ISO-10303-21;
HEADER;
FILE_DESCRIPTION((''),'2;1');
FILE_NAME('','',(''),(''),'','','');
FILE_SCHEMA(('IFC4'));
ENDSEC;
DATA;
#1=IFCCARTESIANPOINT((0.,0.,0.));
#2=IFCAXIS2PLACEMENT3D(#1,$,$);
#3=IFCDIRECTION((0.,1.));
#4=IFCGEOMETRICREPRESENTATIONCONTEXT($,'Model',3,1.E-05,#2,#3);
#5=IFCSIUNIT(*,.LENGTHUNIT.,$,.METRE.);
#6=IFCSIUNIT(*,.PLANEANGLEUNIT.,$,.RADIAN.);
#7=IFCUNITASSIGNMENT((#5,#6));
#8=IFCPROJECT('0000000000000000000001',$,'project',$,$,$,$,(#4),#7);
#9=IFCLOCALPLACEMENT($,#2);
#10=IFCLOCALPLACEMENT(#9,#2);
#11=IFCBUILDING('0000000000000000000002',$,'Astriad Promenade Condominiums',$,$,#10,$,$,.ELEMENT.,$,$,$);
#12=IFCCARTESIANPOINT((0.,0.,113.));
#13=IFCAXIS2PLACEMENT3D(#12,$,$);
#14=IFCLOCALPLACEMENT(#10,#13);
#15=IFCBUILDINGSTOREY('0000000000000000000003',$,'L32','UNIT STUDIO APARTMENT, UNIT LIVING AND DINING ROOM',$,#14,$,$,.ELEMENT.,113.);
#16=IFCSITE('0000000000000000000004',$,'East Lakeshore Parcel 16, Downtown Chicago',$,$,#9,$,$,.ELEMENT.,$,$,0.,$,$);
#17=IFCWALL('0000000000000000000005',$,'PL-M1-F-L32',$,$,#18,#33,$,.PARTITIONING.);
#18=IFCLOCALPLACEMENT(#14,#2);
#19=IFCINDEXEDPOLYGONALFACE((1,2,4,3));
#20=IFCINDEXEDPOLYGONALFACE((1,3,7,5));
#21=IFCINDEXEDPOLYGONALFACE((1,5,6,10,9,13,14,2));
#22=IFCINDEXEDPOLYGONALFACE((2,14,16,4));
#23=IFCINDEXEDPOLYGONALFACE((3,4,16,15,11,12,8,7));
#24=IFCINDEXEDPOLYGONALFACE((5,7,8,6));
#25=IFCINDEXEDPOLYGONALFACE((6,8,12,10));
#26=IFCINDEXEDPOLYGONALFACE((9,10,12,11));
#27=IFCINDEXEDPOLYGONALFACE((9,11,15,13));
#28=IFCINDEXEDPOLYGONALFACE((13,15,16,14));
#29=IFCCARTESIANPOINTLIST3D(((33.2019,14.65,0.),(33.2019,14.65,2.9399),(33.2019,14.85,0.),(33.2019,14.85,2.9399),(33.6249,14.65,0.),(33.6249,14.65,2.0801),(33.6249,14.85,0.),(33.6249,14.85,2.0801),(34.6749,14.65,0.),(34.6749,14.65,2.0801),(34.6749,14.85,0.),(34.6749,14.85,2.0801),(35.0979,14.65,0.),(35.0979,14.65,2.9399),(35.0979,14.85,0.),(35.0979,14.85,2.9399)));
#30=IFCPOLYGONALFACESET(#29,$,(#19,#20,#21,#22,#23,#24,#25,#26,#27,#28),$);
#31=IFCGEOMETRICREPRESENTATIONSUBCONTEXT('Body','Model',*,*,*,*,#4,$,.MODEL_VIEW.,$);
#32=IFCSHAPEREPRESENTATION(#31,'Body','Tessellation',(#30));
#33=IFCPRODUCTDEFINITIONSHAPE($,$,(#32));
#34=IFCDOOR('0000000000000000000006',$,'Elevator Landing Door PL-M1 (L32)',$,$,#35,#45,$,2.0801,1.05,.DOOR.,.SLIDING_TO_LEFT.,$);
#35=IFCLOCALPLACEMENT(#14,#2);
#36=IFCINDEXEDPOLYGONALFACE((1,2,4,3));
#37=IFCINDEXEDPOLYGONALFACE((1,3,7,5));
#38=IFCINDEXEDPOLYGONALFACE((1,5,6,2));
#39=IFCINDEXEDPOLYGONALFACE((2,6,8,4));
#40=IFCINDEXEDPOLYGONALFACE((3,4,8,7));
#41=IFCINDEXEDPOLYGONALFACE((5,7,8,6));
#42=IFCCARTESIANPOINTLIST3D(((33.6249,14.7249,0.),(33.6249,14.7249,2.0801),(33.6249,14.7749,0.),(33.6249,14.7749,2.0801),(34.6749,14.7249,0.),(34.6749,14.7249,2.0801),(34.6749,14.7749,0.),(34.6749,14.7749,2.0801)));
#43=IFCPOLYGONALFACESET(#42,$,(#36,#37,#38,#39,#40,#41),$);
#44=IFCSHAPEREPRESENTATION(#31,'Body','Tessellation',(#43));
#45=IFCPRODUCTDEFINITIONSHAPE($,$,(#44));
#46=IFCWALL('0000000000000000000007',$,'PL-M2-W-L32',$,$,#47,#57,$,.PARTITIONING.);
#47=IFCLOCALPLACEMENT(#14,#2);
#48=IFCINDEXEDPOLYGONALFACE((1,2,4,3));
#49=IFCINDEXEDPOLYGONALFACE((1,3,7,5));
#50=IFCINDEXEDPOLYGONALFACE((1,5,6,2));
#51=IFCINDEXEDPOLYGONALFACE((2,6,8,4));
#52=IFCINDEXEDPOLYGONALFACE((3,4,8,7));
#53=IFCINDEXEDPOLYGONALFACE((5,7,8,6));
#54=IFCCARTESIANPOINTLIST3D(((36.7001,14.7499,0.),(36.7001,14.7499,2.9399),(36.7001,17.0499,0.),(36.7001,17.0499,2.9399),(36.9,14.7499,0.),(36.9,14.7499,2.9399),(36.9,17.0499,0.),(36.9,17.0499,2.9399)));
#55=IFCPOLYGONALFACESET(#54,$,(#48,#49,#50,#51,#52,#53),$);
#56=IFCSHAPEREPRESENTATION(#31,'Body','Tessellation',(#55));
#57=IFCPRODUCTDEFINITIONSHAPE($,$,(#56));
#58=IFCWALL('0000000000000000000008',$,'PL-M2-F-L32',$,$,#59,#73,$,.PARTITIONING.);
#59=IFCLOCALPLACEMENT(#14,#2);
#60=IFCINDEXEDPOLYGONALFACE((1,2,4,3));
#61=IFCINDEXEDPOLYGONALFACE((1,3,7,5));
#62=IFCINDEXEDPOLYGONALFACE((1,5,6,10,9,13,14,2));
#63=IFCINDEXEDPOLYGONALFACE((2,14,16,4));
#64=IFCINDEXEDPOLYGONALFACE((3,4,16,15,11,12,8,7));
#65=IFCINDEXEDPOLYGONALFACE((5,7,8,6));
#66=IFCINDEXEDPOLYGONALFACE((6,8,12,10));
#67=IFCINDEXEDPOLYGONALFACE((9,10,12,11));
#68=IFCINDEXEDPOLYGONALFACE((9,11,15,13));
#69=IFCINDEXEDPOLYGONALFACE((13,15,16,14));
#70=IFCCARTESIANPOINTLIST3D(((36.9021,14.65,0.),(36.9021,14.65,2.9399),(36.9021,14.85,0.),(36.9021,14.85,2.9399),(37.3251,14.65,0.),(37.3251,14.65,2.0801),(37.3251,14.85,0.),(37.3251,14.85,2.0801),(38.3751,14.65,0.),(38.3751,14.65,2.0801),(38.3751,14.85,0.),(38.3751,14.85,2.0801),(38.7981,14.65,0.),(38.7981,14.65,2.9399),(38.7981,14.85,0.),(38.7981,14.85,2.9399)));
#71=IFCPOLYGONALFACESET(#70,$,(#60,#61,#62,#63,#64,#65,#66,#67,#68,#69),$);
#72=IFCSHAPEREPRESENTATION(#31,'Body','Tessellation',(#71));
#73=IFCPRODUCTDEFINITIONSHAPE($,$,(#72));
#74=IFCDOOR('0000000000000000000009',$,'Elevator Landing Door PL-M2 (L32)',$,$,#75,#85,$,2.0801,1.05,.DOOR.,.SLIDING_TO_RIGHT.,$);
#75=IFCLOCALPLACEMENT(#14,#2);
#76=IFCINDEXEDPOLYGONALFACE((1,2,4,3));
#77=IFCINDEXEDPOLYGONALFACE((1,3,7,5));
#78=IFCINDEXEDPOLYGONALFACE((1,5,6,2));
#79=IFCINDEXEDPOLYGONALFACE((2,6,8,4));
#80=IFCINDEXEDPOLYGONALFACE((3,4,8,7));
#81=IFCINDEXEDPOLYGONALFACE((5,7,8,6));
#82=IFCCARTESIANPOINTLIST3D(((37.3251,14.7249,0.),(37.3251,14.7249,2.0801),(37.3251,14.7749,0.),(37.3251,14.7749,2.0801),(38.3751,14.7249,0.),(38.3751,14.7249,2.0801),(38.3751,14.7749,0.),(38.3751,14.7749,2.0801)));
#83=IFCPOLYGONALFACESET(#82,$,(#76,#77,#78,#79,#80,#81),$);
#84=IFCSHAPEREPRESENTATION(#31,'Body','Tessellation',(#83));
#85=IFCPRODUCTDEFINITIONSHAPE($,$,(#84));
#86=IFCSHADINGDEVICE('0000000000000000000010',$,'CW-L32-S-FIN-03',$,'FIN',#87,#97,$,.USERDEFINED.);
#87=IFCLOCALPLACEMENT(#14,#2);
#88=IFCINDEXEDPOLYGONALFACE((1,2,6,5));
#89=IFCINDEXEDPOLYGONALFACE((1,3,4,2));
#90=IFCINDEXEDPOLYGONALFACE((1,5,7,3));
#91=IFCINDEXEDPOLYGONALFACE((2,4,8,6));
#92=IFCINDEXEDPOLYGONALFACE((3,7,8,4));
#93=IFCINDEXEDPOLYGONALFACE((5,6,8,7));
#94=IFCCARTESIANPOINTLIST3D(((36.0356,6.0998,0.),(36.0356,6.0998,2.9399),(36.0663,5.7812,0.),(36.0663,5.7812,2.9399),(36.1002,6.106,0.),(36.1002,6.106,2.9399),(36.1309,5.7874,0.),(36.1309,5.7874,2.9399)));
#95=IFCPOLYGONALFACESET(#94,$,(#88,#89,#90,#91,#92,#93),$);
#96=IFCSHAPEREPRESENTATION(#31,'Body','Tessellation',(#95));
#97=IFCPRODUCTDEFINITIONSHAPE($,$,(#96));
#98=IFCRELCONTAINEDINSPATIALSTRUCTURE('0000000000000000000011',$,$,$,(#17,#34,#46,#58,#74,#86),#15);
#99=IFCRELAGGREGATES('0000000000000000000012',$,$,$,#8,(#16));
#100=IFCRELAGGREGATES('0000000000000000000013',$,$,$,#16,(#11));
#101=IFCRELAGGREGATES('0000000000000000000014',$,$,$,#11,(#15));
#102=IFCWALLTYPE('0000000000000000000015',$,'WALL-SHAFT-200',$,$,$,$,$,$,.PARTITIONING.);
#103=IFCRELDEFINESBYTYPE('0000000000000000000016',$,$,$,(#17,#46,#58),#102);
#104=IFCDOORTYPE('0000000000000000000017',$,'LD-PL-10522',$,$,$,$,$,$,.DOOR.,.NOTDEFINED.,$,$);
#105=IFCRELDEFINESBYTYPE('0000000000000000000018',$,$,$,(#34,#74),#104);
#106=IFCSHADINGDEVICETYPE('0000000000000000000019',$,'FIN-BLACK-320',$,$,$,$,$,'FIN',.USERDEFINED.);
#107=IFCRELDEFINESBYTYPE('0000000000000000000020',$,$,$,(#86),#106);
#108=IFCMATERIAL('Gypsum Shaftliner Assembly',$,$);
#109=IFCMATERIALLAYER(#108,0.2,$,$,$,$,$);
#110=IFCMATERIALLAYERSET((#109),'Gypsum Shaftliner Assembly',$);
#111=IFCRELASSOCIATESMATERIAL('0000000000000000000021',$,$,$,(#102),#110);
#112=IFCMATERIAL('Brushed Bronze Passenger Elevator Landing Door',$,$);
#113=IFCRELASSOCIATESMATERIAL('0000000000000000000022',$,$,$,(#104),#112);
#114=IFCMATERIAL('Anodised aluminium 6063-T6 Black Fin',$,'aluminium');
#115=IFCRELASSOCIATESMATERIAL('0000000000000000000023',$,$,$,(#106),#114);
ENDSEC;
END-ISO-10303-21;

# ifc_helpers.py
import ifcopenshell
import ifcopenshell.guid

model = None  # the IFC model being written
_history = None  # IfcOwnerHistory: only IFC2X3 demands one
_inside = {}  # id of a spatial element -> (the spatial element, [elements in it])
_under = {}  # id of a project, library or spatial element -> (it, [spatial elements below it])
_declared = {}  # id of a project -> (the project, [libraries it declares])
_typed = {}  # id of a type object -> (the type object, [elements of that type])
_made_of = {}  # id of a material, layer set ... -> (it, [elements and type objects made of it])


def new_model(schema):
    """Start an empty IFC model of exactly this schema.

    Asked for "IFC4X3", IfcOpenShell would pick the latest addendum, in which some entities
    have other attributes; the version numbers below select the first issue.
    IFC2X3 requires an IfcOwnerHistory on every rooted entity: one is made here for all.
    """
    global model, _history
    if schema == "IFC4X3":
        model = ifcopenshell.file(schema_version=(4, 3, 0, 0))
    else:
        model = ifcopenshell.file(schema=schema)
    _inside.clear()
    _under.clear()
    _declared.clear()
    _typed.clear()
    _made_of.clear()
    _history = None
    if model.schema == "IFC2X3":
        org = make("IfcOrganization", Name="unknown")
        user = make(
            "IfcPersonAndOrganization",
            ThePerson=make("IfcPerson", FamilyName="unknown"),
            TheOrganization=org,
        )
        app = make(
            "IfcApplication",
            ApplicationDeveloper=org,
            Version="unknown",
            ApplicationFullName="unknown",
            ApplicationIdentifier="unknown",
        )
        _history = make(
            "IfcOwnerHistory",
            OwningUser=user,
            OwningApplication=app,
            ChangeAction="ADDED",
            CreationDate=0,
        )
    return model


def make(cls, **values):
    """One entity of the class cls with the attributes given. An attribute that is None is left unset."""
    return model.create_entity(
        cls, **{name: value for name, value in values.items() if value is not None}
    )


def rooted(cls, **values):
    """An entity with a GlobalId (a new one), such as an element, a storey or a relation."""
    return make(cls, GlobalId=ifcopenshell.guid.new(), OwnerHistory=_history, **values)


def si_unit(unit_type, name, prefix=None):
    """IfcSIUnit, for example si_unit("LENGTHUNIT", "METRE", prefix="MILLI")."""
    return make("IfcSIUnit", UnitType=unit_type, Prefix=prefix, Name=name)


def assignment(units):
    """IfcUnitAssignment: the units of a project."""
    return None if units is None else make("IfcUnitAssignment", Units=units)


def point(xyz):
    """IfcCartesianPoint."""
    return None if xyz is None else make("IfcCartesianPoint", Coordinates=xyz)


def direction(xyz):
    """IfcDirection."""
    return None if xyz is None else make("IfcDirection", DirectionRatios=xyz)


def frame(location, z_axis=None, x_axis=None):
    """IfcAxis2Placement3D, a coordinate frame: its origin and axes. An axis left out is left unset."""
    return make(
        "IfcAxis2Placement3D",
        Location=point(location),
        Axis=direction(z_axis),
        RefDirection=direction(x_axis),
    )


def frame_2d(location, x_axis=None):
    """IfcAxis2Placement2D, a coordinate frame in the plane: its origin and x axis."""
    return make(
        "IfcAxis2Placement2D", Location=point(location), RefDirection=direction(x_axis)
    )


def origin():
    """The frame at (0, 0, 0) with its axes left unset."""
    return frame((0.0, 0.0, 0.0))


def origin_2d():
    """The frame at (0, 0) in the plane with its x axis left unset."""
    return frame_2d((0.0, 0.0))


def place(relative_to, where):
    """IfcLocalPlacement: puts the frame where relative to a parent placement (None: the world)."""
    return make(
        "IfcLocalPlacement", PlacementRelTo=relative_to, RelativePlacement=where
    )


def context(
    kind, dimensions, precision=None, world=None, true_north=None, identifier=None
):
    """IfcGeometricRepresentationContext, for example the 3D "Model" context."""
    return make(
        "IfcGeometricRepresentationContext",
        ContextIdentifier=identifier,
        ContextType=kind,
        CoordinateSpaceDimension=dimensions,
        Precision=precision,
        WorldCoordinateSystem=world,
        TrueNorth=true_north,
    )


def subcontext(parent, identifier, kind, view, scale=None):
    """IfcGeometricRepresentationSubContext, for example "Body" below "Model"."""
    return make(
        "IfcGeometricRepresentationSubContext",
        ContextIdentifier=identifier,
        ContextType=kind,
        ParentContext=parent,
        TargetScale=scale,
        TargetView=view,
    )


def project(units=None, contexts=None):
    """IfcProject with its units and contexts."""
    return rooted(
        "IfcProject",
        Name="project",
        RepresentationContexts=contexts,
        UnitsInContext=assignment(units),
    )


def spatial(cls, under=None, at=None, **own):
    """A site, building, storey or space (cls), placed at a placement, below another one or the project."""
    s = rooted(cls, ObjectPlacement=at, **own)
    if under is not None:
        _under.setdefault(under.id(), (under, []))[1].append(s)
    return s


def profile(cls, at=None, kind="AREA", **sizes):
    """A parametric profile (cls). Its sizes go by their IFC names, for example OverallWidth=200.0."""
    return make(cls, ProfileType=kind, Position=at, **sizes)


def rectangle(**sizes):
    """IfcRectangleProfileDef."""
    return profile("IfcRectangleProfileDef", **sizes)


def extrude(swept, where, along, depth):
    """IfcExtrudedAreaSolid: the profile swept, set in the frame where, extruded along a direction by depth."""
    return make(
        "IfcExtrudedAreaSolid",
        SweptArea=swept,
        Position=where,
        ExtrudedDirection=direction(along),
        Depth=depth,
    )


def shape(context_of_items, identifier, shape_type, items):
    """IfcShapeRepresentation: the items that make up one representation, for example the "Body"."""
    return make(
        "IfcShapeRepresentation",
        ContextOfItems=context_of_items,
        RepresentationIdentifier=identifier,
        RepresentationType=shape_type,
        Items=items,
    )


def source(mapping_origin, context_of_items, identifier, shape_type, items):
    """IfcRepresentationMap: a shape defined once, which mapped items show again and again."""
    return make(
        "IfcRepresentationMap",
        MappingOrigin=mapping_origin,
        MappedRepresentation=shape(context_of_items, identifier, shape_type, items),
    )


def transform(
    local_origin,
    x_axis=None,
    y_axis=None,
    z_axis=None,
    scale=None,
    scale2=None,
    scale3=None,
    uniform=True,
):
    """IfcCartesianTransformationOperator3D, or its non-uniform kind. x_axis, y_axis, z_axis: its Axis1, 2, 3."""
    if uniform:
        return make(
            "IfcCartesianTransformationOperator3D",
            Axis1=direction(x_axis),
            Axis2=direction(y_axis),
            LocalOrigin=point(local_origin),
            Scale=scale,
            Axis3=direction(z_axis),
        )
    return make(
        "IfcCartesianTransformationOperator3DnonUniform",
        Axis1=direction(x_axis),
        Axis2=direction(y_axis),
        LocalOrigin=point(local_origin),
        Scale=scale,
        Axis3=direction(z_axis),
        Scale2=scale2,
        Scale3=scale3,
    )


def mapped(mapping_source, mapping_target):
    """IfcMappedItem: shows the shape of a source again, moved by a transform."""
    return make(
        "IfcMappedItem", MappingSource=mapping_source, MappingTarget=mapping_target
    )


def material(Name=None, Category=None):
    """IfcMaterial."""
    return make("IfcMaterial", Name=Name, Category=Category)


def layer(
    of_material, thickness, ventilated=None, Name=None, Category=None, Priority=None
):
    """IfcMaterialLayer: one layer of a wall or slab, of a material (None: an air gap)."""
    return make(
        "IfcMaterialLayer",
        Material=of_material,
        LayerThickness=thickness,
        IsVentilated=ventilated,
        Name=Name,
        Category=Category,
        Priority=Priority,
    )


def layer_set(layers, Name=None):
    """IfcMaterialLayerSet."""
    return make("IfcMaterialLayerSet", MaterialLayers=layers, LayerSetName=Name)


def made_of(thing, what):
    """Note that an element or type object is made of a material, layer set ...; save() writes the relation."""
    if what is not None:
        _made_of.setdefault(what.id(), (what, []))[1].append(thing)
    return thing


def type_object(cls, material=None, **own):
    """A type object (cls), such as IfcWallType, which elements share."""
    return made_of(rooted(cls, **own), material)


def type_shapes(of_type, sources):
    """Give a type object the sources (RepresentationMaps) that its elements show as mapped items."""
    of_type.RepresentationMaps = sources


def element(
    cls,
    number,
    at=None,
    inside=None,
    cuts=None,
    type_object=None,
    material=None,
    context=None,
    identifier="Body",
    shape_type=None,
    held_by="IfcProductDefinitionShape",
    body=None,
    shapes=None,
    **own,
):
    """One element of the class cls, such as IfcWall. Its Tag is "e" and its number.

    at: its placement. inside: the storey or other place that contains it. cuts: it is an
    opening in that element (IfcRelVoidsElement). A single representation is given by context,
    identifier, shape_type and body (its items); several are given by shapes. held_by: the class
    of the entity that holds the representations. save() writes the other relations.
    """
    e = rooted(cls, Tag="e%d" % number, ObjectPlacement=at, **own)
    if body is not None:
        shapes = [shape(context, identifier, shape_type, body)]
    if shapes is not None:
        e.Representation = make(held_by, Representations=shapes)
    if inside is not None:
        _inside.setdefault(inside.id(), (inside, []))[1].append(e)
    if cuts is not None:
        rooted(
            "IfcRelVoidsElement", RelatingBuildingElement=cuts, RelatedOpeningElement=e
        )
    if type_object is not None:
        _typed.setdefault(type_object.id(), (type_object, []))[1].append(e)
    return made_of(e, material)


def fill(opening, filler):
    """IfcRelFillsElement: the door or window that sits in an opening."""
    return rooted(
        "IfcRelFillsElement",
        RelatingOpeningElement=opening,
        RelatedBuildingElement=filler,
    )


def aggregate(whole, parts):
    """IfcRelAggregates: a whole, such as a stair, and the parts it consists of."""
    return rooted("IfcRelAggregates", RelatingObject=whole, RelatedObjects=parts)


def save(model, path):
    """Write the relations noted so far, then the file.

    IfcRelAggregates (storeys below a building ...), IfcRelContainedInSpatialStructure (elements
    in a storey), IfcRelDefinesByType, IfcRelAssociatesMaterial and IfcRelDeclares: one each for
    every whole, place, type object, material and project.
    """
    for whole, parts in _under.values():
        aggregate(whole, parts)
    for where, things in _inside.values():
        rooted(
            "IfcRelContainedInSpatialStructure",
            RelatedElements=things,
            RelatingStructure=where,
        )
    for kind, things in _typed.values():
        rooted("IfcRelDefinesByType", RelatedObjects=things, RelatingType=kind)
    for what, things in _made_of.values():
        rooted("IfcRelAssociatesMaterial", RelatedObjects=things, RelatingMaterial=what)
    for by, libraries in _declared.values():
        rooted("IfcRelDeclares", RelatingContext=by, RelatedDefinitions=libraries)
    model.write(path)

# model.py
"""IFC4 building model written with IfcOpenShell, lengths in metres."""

from ifc_helpers import new_model, si_unit, direction, frame, frame_2d, origin, origin_2d, place, context, subcontext, project, spatial, rectangle, extrude, source, transform, mapped, material, layer, layer_set, type_object, type_shapes, element, fill, save


model = new_model("IFC4")

# Units and contexts
model_context = context("Model", 3, precision=1e-05, world=origin(), true_north=direction((0.0, 1.0)))
body_context = subcontext(model_context, "Body", "Model", "MODEL_VIEW")
ifc_project = project(units=[si_unit("LENGTHUNIT", "METRE"), si_unit("PLANEANGLEUNIT", "RADIAN")], contexts=[model_context])

# Site, building, storey
site_placement = place(None, origin())
site = spatial("IfcSite", under=ifc_project, at=site_placement, Name="East Lakeshore Parcel 16, Downtown Chicago", CompositionType="ELEMENT", RefElevation=0.0)
building_placement = place(site_placement, origin())
building = spatial("IfcBuilding", under=site, at=building_placement, Name="Astriad Promenade Condominiums", CompositionType="ELEMENT")
storey_placement = place(building_placement, frame((0.0, 0.0, 113.0)))
storey = spatial("IfcBuildingStorey", under=building, at=storey_placement, Name="L32", Description="UNIT STUDIO APARTMENT, UNIT LIVING AND DINING ROOM", CompositionType="ELEMENT", Elevation=113.0)

# Shared definitions
ifc_material_1 = material(Name="Gypsum Shaftliner Assembly")
ifc_layer_1 = layer(ifc_material_1, 0.2)
ifc_layer_set_1 = layer_set([ifc_layer_1], Name="Gypsum Shaftliner Assembly")
wall_type_1 = type_object("IfcWallType", Name="WALL-SHAFT-200", PredefinedType="PARTITIONING", material=ifc_layer_set_1)

# Wall, opening, door
wall_1_placement = place(storey_placement, frame((33.2019, 14.75, 0.0), z_axis=(0.0, 0.0, 1.0), x_axis=(1.0, 0.0, 0.0)))
wall_1 = element("IfcWall", 1, at=wall_1_placement, inside=storey, type_object=wall_type_1, Name="PL-M1-F-L32", PredefinedType="PARTITIONING", context=body_context, shape_type="SweptSolid", body=[
    extrude(rectangle(XDim=1.896, YDim=0.2, at=frame_2d((0.948, 0.0))), origin(), (0.0, 0.0, 1.0), 2.9399),
])
opening_1_placement = place(wall_1_placement, frame((0.4231, 0.0, 0.0)))
opening_1 = element("IfcOpeningElement", 2, at=opening_1_placement, cuts=wall_1, PredefinedType="OPENING", context=body_context, shape_type="SweptSolid", body=[
    extrude(rectangle(XDim=1.05, YDim=2.0801, at=frame_2d((0.5249, 1.04))), frame((0.0, 0.1099, 0.0), z_axis=(0.0, -1.0, 0.0), x_axis=(1.0, 0.0, 0.0)), (0.0, 0.0, 1.0), 0.22),
])
ifc_material_2 = material(Name="Brushed Bronze Passenger Elevator Landing Door")
door_type_1 = type_object("IfcDoorType", Name="LD-PL-10522", OperationType="NOTDEFINED", PredefinedType="DOOR", material=ifc_material_2)
shared_shape_1 = source(origin(), body_context, "Body", "SweptSolid", [
    extrude(rectangle(XDim=1.05, YDim=2.0801, at=frame_2d((0.5249, 1.04))), frame((0.0, 0.0249, 0.0), z_axis=(0.0, -1.0, 0.0), x_axis=(1.0, 0.0, 0.0)), (0.0, 0.0, 1.0), 0.05),
])
type_shapes(door_type_1, [shared_shape_1])
door_1_placement = place(opening_1_placement, origin())
door_1 = element("IfcDoor", 3, at=door_1_placement, inside=storey, type_object=door_type_1, Name="Elevator Landing Door PL-M1 (L32)", OperationType="SLIDING_TO_LEFT", OverallHeight=2.0801, OverallWidth=1.05, PredefinedType="DOOR", context=body_context, shape_type="MappedRepresentation", body=[
    mapped(shared_shape_1, transform((0.0, 0.0, 0.0), scale=1.0)),
])
fill(opening_1, door_1)

# Wall
wall_2_placement = place(storey_placement, frame((36.8, 14.75, 0.0), z_axis=(0.0, 0.0, 1.0), x_axis=(0.0, 1.0, 0.0)))
element("IfcWall", 4, at=wall_2_placement, inside=storey, type_object=wall_type_1, Name="PL-M2-W-L32", PredefinedType="PARTITIONING", context=body_context, shape_type="SweptSolid", body=[
    extrude(rectangle(XDim=2.3, YDim=0.2, at=frame_2d((1.1499, 0.0))), origin(), (0.0, 0.0, 1.0), 2.9399),
])

# Wall, opening, door
wall_3_placement = place(storey_placement, frame((36.9021, 14.75, 0.0), z_axis=(0.0, 0.0, 1.0), x_axis=(1.0, 0.0, 0.0)))
wall_3 = element("IfcWall", 5, at=wall_3_placement, inside=storey, type_object=wall_type_1, Name="PL-M2-F-L32", PredefinedType="PARTITIONING", context=body_context, shape_type="SweptSolid", body=[
    extrude(rectangle(XDim=1.896, YDim=0.2, at=frame_2d((0.948, 0.0))), origin(), (0.0, 0.0, 1.0), 2.9399),
])
opening_2_placement = place(wall_3_placement, frame((0.4231, 0.0, 0.0)))
opening_2 = element("IfcOpeningElement", 6, at=opening_2_placement, cuts=wall_3, PredefinedType="OPENING", context=body_context, shape_type="SweptSolid", body=[
    extrude(rectangle(XDim=1.05, YDim=2.0801, at=frame_2d((0.5249, 1.04))), frame((0.0, 0.1099, 0.0), z_axis=(0.0, -1.0, 0.0), x_axis=(1.0, 0.0, 0.0)), (0.0, 0.0, 1.0), 0.22),
])
door_2_placement = place(opening_2_placement, origin())
door_2 = element("IfcDoor", 7, at=door_2_placement, inside=storey, type_object=door_type_1, Name="Elevator Landing Door PL-M2 (L32)", OperationType="SLIDING_TO_RIGHT", OverallHeight=2.0801, OverallWidth=1.05, PredefinedType="DOOR", context=body_context, shape_type="MappedRepresentation", body=[
    mapped(shared_shape_1, transform((0.0, 0.0, 0.0), scale=1.0)),
])
fill(opening_2, door_2)

# Shading device
ifc_material_3 = material(Name="Anodised aluminium 6063-T6 Black Fin", Category="aluminium")
shading_device_type = type_object("IfcShadingDeviceType", Name="FIN-BLACK-320", ElementType="FIN", PredefinedType="USERDEFINED", material=ifc_material_3)
shared_shape_2 = source(origin(), body_context, "Body", "SweptSolid", [
    extrude(rectangle(XDim=0.0649, YDim=0.3201, at=origin_2d()), origin(), (0.0, 0.0, 1.0), 2.9399),
])
type_shapes(shading_device_type, [shared_shape_2])
shading_device_placement = place(storey_placement, frame((36.0833, 5.9436, 0.0), z_axis=(0.0, 0.0, 1.0), x_axis=(-0.995396, -0.095846, 0.0)))
element("IfcShadingDevice", 8, at=shading_device_placement, inside=storey, type_object=shading_device_type, Name="CW-L32-S-FIN-03", ObjectType="FIN", PredefinedType="USERDEFINED", context=body_context, shape_type="MappedRepresentation", body=[
    mapped(shared_shape_2, transform((0.0, 0.0, 0.0), scale=1.0)),
])

save(model, "model.ifc")
